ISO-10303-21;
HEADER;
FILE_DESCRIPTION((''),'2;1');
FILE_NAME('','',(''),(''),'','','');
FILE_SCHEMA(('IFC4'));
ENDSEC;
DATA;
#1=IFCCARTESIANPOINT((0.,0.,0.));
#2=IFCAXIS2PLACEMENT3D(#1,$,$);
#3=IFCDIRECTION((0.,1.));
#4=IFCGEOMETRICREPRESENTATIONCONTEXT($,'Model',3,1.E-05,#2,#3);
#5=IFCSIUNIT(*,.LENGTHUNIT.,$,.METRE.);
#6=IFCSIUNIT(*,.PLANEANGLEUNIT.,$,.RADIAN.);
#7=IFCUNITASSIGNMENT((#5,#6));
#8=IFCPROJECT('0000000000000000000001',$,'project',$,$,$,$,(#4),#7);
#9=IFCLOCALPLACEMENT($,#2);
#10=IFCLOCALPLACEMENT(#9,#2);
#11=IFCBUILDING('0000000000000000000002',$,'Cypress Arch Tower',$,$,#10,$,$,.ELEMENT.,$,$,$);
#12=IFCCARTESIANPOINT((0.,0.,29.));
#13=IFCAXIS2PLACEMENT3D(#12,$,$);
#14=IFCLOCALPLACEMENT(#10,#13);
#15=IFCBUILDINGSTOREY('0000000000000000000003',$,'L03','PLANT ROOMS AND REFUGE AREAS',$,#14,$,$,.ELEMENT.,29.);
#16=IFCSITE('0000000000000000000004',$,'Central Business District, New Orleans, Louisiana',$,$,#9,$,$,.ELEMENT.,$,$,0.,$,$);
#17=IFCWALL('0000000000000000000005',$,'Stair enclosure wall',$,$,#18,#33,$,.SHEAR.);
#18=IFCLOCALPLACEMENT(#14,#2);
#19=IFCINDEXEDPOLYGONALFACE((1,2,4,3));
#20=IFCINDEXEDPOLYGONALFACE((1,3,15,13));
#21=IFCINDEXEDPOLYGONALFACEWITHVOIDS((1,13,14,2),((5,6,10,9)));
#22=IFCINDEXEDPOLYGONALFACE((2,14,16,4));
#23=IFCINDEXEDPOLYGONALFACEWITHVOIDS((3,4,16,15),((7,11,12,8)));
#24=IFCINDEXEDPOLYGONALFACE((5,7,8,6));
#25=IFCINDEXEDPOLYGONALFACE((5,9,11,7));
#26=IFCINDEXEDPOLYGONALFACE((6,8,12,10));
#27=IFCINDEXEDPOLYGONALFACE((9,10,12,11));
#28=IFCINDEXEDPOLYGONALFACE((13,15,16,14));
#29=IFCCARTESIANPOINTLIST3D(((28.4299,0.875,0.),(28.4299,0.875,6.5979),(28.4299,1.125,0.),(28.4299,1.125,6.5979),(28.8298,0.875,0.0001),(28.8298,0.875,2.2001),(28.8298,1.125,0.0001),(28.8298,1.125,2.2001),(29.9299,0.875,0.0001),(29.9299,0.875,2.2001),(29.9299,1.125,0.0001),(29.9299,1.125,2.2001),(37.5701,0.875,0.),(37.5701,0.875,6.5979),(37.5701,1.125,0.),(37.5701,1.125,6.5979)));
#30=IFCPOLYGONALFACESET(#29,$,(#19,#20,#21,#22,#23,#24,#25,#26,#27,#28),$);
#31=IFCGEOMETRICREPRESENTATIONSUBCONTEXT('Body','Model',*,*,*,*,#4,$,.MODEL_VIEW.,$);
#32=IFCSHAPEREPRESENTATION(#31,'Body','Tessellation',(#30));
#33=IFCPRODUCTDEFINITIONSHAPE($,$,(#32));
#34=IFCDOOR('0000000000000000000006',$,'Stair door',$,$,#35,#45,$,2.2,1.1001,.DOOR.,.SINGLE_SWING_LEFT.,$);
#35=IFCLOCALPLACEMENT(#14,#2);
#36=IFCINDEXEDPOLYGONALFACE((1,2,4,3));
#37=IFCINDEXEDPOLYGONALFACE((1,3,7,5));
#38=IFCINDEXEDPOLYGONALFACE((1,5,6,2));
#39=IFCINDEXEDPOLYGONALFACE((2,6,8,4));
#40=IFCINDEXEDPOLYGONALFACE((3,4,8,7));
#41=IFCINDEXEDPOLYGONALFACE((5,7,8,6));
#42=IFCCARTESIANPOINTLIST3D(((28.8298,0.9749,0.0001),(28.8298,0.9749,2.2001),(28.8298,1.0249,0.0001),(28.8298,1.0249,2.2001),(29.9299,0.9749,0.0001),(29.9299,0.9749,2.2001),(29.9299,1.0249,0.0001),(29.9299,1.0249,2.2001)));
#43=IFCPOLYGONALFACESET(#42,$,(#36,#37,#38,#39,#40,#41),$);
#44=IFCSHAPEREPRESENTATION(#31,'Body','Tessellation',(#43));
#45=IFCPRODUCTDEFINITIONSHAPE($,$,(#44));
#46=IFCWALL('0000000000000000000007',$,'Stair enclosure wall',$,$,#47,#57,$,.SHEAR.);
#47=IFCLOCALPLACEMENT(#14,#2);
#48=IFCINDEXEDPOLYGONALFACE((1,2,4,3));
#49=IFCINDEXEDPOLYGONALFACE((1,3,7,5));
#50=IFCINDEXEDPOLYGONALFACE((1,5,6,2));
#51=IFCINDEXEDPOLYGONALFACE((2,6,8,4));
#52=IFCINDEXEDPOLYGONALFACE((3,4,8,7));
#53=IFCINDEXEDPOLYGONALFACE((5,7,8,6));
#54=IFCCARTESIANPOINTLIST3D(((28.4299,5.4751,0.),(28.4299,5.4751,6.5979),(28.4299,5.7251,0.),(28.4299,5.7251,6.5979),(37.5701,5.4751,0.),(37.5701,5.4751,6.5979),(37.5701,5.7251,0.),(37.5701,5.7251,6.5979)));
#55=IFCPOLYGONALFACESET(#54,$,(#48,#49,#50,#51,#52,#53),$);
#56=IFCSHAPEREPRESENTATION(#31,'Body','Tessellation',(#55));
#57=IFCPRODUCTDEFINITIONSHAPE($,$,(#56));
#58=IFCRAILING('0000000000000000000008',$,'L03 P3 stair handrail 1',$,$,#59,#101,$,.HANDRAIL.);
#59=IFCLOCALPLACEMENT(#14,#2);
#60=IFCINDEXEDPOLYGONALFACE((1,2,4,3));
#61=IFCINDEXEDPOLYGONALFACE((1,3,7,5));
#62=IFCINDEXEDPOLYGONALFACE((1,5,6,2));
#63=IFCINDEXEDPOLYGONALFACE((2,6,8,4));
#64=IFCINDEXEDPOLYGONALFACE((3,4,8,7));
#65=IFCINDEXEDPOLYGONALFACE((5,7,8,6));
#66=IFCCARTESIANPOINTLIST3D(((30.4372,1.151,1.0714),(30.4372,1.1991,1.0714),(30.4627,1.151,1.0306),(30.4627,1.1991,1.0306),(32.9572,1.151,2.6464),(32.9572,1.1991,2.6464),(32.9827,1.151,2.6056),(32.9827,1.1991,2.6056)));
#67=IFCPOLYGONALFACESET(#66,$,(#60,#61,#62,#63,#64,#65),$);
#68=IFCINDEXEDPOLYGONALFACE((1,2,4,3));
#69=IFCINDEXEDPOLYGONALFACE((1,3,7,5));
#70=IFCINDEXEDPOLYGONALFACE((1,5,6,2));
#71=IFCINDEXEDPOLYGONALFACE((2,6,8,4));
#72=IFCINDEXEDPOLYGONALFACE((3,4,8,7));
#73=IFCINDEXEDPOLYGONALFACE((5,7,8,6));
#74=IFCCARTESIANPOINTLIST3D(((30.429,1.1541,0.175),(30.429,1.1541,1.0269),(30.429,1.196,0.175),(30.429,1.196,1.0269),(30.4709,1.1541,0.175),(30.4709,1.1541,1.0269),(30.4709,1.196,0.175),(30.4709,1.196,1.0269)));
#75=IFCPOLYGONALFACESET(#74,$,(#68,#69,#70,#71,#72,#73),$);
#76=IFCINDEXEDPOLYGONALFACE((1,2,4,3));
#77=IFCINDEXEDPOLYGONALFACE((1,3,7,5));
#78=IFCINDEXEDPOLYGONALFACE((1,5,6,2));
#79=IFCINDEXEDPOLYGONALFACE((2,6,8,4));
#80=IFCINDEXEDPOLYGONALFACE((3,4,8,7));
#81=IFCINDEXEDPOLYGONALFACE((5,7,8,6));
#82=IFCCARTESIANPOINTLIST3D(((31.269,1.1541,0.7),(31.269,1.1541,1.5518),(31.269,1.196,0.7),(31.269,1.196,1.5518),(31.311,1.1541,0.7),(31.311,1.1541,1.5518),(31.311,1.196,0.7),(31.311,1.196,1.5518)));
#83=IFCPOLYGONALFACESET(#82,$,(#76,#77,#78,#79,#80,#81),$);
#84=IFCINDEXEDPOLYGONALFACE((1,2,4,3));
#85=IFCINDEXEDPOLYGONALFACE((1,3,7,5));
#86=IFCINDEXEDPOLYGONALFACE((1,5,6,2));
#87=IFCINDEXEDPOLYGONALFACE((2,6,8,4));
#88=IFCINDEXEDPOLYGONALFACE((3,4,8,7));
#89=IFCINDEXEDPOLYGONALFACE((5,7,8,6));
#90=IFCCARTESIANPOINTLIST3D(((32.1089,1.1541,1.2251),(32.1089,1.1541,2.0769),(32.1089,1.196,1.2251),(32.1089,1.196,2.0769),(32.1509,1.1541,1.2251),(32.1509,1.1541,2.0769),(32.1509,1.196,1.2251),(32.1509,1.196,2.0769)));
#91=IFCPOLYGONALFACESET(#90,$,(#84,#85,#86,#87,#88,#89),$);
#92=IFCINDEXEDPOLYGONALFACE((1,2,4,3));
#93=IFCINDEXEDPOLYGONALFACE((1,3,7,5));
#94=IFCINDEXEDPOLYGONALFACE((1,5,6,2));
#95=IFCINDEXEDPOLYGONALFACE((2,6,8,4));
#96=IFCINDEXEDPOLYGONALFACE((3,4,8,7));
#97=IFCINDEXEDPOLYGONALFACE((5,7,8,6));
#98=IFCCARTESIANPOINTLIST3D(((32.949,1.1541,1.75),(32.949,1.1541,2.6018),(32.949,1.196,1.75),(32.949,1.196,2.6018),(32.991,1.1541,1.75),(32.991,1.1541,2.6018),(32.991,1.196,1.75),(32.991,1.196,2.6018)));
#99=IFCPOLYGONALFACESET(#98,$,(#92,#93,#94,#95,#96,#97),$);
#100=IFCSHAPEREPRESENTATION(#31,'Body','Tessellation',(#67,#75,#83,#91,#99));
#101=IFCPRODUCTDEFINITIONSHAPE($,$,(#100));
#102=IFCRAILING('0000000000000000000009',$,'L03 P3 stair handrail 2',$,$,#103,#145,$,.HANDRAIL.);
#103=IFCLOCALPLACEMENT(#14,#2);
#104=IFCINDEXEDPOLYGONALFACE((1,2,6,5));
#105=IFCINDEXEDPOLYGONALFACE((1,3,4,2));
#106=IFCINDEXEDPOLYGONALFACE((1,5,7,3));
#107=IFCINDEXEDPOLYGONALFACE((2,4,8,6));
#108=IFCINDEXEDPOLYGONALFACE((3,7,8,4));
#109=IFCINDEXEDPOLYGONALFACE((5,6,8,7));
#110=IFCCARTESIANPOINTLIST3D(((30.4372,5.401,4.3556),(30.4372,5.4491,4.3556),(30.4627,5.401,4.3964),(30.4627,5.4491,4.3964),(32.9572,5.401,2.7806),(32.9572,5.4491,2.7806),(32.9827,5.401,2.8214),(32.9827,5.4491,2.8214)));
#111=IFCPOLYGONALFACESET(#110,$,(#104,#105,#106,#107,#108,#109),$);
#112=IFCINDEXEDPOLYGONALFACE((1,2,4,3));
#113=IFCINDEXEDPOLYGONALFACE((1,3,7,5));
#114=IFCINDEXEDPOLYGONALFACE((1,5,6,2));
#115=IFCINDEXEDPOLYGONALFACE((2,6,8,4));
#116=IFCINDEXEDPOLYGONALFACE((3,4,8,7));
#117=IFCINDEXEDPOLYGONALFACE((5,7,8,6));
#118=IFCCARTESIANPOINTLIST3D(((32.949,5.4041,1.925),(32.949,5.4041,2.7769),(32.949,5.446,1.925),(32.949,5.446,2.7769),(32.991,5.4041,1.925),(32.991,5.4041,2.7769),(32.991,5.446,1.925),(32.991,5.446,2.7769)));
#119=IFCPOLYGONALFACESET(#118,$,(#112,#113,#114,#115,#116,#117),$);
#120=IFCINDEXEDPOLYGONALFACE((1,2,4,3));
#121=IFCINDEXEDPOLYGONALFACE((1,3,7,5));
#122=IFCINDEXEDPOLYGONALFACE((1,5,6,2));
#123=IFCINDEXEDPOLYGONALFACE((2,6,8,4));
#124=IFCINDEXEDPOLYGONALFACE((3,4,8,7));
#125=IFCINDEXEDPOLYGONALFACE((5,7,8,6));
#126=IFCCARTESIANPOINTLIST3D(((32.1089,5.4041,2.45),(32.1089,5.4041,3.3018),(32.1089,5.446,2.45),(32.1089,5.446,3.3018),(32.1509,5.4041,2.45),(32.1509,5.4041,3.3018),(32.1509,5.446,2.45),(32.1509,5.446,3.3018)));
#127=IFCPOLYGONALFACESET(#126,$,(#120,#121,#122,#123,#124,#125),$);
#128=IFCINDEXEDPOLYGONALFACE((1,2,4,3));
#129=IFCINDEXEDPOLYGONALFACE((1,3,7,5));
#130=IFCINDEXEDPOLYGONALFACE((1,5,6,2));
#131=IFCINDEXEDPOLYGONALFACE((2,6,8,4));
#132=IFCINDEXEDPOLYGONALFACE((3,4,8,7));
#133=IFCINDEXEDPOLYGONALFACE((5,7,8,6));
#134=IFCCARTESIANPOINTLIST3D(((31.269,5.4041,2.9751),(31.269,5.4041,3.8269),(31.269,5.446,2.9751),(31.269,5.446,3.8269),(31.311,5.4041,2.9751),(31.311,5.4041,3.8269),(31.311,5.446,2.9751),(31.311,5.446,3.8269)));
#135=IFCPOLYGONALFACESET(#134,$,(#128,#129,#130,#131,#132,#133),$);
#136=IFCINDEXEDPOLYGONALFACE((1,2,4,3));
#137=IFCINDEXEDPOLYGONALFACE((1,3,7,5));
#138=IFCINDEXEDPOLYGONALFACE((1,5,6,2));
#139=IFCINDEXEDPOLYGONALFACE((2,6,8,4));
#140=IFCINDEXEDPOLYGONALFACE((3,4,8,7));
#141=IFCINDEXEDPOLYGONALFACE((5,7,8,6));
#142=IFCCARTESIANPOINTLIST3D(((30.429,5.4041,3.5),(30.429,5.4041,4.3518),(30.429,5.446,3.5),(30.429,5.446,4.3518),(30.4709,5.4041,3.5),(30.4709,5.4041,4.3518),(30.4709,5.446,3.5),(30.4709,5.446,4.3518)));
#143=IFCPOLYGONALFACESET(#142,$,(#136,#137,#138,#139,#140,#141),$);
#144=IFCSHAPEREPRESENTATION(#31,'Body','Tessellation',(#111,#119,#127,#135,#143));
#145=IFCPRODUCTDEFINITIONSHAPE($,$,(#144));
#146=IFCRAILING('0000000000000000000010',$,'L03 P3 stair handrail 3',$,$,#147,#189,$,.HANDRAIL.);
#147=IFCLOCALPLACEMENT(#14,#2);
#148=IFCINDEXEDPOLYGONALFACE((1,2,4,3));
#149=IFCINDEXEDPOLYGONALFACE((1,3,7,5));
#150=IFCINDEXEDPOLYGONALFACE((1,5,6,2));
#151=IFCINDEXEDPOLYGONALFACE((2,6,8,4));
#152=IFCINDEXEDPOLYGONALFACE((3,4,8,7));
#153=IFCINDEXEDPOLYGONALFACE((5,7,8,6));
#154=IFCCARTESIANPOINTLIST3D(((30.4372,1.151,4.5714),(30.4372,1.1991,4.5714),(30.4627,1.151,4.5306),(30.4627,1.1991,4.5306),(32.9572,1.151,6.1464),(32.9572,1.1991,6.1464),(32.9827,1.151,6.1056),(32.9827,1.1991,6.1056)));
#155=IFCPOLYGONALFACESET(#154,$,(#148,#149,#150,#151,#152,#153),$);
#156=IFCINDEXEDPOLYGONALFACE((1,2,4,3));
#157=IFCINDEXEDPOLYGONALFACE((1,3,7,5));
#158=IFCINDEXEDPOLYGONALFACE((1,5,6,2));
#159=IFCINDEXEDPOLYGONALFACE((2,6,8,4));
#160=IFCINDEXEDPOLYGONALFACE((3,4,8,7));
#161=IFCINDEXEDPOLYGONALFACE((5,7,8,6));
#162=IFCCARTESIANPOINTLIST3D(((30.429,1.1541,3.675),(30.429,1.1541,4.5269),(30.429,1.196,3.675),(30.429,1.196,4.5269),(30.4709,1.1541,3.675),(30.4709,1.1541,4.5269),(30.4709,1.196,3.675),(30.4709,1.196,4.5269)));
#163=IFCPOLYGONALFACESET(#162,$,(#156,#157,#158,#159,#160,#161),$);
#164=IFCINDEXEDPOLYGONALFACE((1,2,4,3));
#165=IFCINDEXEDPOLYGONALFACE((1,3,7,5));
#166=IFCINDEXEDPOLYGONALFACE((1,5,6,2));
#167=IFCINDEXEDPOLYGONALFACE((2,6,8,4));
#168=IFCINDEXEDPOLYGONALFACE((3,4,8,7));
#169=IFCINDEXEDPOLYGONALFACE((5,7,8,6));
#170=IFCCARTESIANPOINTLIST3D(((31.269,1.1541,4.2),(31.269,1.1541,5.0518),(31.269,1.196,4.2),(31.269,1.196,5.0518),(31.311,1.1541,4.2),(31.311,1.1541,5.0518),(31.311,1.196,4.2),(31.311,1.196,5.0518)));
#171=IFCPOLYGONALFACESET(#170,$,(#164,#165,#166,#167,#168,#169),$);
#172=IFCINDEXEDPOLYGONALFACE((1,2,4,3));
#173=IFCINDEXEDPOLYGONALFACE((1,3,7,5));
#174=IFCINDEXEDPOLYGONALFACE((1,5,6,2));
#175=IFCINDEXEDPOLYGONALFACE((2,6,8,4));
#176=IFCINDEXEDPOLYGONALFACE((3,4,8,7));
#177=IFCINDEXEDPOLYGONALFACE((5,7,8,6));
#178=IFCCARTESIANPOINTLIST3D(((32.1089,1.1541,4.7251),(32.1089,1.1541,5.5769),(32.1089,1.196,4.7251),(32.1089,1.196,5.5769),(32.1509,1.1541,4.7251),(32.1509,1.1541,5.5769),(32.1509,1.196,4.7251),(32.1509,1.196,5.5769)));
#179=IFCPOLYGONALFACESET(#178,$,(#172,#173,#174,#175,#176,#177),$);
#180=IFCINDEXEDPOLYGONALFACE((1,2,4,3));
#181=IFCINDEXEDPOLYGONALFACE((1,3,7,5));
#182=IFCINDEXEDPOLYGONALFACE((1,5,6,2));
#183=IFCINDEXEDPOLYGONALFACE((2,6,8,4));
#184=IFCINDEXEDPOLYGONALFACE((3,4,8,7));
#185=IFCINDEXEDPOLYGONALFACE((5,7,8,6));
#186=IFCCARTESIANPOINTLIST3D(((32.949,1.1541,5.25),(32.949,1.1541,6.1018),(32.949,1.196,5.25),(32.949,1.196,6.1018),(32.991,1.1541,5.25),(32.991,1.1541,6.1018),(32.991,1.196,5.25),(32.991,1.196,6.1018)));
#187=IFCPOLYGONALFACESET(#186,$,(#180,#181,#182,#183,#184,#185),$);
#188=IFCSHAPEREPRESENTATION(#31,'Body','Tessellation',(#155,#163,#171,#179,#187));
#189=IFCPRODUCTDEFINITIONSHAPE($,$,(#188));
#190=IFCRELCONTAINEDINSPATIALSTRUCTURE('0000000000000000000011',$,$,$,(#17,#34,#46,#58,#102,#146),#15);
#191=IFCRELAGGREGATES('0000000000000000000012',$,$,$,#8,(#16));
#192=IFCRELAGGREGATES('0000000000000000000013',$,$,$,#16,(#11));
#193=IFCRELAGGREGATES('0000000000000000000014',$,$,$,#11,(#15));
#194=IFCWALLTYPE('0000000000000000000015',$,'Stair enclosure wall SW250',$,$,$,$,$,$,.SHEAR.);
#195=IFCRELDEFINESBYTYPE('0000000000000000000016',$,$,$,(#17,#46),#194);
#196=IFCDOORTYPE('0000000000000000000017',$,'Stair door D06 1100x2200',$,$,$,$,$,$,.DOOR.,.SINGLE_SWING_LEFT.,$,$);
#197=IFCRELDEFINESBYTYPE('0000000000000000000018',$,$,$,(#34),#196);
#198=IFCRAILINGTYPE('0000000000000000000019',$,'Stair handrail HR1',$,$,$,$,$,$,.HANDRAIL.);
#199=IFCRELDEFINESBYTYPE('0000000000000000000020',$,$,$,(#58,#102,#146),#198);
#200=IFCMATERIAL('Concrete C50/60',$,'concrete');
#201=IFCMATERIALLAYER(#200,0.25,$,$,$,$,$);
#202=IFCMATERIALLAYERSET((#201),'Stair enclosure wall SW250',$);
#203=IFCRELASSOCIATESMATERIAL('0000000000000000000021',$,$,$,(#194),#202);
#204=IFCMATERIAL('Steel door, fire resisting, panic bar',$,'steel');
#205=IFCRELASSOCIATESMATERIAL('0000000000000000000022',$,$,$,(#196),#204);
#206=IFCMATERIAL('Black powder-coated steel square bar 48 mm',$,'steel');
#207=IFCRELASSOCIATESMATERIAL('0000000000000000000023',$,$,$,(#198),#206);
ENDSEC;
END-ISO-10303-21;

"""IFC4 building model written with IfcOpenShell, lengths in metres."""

from ifc_helpers import new_model, si_unit, direction, frame, frame_2d, origin, origin_2d, place, context, subcontext, project, spatial, rectangle, extrude, material, layer, layer_set, type_object, element, fill, save


model = new_model("IFC4")

# Units and contexts
model_context = context("Model", 3, precision=1e-05, world=origin(), true_north=direction((0.0, 1.0)))
body_context = subcontext(model_context, "Body", "Model", "MODEL_VIEW")
ifc_project = project(units=[si_unit("LENGTHUNIT", "METRE"), si_unit("PLANEANGLEUNIT", "RADIAN")], contexts=[model_context])

# Site, building, storey
site_placement = place(None, origin())
site = spatial("IfcSite", under=ifc_project, at=site_placement, Name="Central Business District, New Orleans, Louisiana", CompositionType="ELEMENT", RefElevation=0.0)
building_placement = place(site_placement, origin())
building = spatial("IfcBuilding", under=site, at=building_placement, Name="Cypress Arch Tower", CompositionType="ELEMENT")
storey_placement = place(building_placement, frame((0.0, 0.0, 29.0)))
storey = spatial("IfcBuildingStorey", under=building, at=storey_placement, Name="L03", Description="PLANT ROOMS AND REFUGE AREAS", CompositionType="ELEMENT", Elevation=29.0)

# Wall, opening, door
ifc_material_1 = material(Name="Concrete C50/60", Category="concrete")
ifc_layer_1 = layer(ifc_material_1, 0.25)
ifc_layer_set_1 = layer_set([ifc_layer_1], Name="Stair enclosure wall SW250")
wall_type_1 = type_object("IfcWallType", Name="Stair enclosure wall SW250", PredefinedType="SHEAR", material=ifc_layer_set_1)
wall_1_placement = place(storey_placement, frame((28.4299, 1.0, 0.0), z_axis=(0.0, 0.0, 1.0), x_axis=(1.0, 0.0, 0.0)))
wall_1 = element("IfcWall", 1, at=wall_1_placement, inside=storey, type_object=wall_type_1, Name="Stair enclosure wall", PredefinedType="SHEAR", context=body_context, shape_type="SweptSolid", body=[
    extrude(rectangle(XDim=9.1401, YDim=0.25, at=frame_2d((4.5701, 0.0))), origin(), (0.0, 0.0, 1.0), 6.5979),
])
opening_placement = place(wall_1_placement, frame((0.3999, 0.0, 0.0)))
opening = element("IfcOpeningElement", 2, at=opening_placement, cuts=wall_1, PredefinedType="OPENING", context=body_context, shape_type="SweptSolid", body=[
    extrude(rectangle(XDim=1.1001, YDim=2.2, at=frame_2d((0.55, 1.1001))), frame((0.0, 0.135, 0.0), z_axis=(0.0, -1.0, 0.0), x_axis=(1.0, 0.0, 0.0)), (0.0, 0.0, 1.0), 0.27),
])
ifc_material_2 = material(Name="Steel door, fire resisting, panic bar", Category="steel")
door_type = type_object("IfcDoorType", Name="Stair door D06 1100x2200", OperationType="SINGLE_SWING_LEFT", PredefinedType="DOOR", material=ifc_material_2)
door_placement = place(opening_placement, origin())
door = element("IfcDoor", 3, at=door_placement, inside=storey, type_object=door_type, Name="Stair door", OperationType="SINGLE_SWING_LEFT", OverallHeight=2.2, OverallWidth=1.1001, PredefinedType="DOOR", context=body_context, shape_type="SweptSolid", body=[
    extrude(rectangle(XDim=1.1001, YDim=2.2, at=frame_2d((0.55, 1.1001))), frame((0.0, 0.0249, 0.0), z_axis=(0.0, -1.0, 0.0), x_axis=(1.0, 0.0, 0.0)), (0.0, 0.0, 1.0), 0.05),
])
fill(opening, door)

# Wall
wall_2_placement = place(storey_placement, frame((28.4299, 5.6001, 0.0), z_axis=(0.0, 0.0, 1.0), x_axis=(1.0, 0.0, 0.0)))
element("IfcWall", 4, at=wall_2_placement, inside=storey, type_object=wall_type_1, Name="Stair enclosure wall", PredefinedType="SHEAR", context=body_context, shape_type="SweptSolid", body=[
    extrude(rectangle(XDim=9.1401, YDim=0.25, at=frame_2d((4.5701, 0.0))), origin(), (0.0, 0.0, 1.0), 6.5979),
])

# Railings
ifc_material_3 = material(Name="Black powder-coated steel square bar 48 mm", Category="steel")
railing_type_1 = type_object("IfcRailingType", Name="Stair handrail HR1", PredefinedType="HANDRAIL", material=ifc_material_3)
railing_1_placement = place(storey_placement, frame((30.45, 1.175, 0.175)))
element("IfcRailing", 5, at=railing_1_placement, inside=storey, type_object=railing_type_1, Name="L03 P3 stair handrail 1", PredefinedType="HANDRAIL", context=body_context, shape_type="SweptSolid", body=[
    extrude(rectangle(XDim=0.0481, YDim=0.0481, at=origin_2d()), frame((0.0, 0.0, 0.876), z_axis=(0.848008, 0.0, 0.529984), x_axis=(0.0, 1.0, 0.0)), (0.0, 0.0, 1.0), 2.9717),
    extrude(rectangle(XDim=0.042, YDim=0.042, at=origin_2d()), origin(), (0.0, 0.0, 1.0), 0.8518),
    extrude(rectangle(XDim=0.042, YDim=0.042, at=origin_2d()), frame((0.8401, 0.0, 0.5249)), (0.0, 0.0, 1.0), 0.8518),
    extrude(rectangle(XDim=0.042, YDim=0.042, at=origin_2d()), frame((1.6799, 0.0, 1.05)), (0.0, 0.0, 1.0), 0.8518),
    extrude(rectangle(XDim=0.042, YDim=0.042, at=origin_2d()), frame((2.52, 0.0, 1.575)), (0.0, 0.0, 1.0), 0.8518),
])
railing_2_placement = place(storey_placement, frame((32.97, 5.425, 1.925)))
element("IfcRailing", 6, at=railing_2_placement, inside=storey, type_object=railing_type_1, Name="L03 P3 stair handrail 2", PredefinedType="HANDRAIL", context=body_context, shape_type="SweptSolid", body=[
    extrude(rectangle(XDim=0.0481, YDim=0.0481, at=origin_2d()), frame((0.0, 0.0, 0.876), z_axis=(-0.848008, 0.0, 0.529984), x_axis=(0.0, -1.0, 0.0)), (0.0, 0.0, 1.0), 2.9717),
    extrude(rectangle(XDim=0.042, YDim=0.042, at=origin_2d()), origin(), (0.0, 0.0, 1.0), 0.8518),
    extrude(rectangle(XDim=0.042, YDim=0.042, at=origin_2d()), frame((-0.8401, 0.0, 0.5249)), (0.0, 0.0, 1.0), 0.8518),
    extrude(rectangle(XDim=0.042, YDim=0.042, at=origin_2d()), frame((-1.6799, 0.0, 1.05)), (0.0, 0.0, 1.0), 0.8518),
    extrude(rectangle(XDim=0.042, YDim=0.042, at=origin_2d()), frame((-2.52, 0.0, 1.575)), (0.0, 0.0, 1.0), 0.8518),
])
railing_3_placement = place(storey_placement, frame((30.45, 1.175, 3.675)))
element("IfcRailing", 7, at=railing_3_placement, inside=storey, type_object=railing_type_1, Name="L03 P3 stair handrail 3", PredefinedType="HANDRAIL", context=body_context, shape_type="SweptSolid", body=[
    extrude(rectangle(XDim=0.0481, YDim=0.0481, at=origin_2d()), frame((0.0, 0.0, 0.876), z_axis=(0.848008, 0.0, 0.529984), x_axis=(0.0, 1.0, 0.0)), (0.0, 0.0, 1.0), 2.9717),
    extrude(rectangle(XDim=0.042, YDim=0.042, at=origin_2d()), origin(), (0.0, 0.0, 1.0), 0.8518),
    extrude(rectangle(XDim=0.042, YDim=0.042, at=origin_2d()), frame((0.8401, 0.0, 0.5249)), (0.0, 0.0, 1.0), 0.8518),
    extrude(rectangle(XDim=0.042, YDim=0.042, at=origin_2d()), frame((1.6799, 0.0, 1.05)), (0.0, 0.0, 1.0), 0.8518),
    extrude(rectangle(XDim=0.042, YDim=0.042, at=origin_2d()), frame((2.52, 0.0, 1.575)), (0.0, 0.0, 1.0), 0.8518),
])

save(model, "model.ifc")
